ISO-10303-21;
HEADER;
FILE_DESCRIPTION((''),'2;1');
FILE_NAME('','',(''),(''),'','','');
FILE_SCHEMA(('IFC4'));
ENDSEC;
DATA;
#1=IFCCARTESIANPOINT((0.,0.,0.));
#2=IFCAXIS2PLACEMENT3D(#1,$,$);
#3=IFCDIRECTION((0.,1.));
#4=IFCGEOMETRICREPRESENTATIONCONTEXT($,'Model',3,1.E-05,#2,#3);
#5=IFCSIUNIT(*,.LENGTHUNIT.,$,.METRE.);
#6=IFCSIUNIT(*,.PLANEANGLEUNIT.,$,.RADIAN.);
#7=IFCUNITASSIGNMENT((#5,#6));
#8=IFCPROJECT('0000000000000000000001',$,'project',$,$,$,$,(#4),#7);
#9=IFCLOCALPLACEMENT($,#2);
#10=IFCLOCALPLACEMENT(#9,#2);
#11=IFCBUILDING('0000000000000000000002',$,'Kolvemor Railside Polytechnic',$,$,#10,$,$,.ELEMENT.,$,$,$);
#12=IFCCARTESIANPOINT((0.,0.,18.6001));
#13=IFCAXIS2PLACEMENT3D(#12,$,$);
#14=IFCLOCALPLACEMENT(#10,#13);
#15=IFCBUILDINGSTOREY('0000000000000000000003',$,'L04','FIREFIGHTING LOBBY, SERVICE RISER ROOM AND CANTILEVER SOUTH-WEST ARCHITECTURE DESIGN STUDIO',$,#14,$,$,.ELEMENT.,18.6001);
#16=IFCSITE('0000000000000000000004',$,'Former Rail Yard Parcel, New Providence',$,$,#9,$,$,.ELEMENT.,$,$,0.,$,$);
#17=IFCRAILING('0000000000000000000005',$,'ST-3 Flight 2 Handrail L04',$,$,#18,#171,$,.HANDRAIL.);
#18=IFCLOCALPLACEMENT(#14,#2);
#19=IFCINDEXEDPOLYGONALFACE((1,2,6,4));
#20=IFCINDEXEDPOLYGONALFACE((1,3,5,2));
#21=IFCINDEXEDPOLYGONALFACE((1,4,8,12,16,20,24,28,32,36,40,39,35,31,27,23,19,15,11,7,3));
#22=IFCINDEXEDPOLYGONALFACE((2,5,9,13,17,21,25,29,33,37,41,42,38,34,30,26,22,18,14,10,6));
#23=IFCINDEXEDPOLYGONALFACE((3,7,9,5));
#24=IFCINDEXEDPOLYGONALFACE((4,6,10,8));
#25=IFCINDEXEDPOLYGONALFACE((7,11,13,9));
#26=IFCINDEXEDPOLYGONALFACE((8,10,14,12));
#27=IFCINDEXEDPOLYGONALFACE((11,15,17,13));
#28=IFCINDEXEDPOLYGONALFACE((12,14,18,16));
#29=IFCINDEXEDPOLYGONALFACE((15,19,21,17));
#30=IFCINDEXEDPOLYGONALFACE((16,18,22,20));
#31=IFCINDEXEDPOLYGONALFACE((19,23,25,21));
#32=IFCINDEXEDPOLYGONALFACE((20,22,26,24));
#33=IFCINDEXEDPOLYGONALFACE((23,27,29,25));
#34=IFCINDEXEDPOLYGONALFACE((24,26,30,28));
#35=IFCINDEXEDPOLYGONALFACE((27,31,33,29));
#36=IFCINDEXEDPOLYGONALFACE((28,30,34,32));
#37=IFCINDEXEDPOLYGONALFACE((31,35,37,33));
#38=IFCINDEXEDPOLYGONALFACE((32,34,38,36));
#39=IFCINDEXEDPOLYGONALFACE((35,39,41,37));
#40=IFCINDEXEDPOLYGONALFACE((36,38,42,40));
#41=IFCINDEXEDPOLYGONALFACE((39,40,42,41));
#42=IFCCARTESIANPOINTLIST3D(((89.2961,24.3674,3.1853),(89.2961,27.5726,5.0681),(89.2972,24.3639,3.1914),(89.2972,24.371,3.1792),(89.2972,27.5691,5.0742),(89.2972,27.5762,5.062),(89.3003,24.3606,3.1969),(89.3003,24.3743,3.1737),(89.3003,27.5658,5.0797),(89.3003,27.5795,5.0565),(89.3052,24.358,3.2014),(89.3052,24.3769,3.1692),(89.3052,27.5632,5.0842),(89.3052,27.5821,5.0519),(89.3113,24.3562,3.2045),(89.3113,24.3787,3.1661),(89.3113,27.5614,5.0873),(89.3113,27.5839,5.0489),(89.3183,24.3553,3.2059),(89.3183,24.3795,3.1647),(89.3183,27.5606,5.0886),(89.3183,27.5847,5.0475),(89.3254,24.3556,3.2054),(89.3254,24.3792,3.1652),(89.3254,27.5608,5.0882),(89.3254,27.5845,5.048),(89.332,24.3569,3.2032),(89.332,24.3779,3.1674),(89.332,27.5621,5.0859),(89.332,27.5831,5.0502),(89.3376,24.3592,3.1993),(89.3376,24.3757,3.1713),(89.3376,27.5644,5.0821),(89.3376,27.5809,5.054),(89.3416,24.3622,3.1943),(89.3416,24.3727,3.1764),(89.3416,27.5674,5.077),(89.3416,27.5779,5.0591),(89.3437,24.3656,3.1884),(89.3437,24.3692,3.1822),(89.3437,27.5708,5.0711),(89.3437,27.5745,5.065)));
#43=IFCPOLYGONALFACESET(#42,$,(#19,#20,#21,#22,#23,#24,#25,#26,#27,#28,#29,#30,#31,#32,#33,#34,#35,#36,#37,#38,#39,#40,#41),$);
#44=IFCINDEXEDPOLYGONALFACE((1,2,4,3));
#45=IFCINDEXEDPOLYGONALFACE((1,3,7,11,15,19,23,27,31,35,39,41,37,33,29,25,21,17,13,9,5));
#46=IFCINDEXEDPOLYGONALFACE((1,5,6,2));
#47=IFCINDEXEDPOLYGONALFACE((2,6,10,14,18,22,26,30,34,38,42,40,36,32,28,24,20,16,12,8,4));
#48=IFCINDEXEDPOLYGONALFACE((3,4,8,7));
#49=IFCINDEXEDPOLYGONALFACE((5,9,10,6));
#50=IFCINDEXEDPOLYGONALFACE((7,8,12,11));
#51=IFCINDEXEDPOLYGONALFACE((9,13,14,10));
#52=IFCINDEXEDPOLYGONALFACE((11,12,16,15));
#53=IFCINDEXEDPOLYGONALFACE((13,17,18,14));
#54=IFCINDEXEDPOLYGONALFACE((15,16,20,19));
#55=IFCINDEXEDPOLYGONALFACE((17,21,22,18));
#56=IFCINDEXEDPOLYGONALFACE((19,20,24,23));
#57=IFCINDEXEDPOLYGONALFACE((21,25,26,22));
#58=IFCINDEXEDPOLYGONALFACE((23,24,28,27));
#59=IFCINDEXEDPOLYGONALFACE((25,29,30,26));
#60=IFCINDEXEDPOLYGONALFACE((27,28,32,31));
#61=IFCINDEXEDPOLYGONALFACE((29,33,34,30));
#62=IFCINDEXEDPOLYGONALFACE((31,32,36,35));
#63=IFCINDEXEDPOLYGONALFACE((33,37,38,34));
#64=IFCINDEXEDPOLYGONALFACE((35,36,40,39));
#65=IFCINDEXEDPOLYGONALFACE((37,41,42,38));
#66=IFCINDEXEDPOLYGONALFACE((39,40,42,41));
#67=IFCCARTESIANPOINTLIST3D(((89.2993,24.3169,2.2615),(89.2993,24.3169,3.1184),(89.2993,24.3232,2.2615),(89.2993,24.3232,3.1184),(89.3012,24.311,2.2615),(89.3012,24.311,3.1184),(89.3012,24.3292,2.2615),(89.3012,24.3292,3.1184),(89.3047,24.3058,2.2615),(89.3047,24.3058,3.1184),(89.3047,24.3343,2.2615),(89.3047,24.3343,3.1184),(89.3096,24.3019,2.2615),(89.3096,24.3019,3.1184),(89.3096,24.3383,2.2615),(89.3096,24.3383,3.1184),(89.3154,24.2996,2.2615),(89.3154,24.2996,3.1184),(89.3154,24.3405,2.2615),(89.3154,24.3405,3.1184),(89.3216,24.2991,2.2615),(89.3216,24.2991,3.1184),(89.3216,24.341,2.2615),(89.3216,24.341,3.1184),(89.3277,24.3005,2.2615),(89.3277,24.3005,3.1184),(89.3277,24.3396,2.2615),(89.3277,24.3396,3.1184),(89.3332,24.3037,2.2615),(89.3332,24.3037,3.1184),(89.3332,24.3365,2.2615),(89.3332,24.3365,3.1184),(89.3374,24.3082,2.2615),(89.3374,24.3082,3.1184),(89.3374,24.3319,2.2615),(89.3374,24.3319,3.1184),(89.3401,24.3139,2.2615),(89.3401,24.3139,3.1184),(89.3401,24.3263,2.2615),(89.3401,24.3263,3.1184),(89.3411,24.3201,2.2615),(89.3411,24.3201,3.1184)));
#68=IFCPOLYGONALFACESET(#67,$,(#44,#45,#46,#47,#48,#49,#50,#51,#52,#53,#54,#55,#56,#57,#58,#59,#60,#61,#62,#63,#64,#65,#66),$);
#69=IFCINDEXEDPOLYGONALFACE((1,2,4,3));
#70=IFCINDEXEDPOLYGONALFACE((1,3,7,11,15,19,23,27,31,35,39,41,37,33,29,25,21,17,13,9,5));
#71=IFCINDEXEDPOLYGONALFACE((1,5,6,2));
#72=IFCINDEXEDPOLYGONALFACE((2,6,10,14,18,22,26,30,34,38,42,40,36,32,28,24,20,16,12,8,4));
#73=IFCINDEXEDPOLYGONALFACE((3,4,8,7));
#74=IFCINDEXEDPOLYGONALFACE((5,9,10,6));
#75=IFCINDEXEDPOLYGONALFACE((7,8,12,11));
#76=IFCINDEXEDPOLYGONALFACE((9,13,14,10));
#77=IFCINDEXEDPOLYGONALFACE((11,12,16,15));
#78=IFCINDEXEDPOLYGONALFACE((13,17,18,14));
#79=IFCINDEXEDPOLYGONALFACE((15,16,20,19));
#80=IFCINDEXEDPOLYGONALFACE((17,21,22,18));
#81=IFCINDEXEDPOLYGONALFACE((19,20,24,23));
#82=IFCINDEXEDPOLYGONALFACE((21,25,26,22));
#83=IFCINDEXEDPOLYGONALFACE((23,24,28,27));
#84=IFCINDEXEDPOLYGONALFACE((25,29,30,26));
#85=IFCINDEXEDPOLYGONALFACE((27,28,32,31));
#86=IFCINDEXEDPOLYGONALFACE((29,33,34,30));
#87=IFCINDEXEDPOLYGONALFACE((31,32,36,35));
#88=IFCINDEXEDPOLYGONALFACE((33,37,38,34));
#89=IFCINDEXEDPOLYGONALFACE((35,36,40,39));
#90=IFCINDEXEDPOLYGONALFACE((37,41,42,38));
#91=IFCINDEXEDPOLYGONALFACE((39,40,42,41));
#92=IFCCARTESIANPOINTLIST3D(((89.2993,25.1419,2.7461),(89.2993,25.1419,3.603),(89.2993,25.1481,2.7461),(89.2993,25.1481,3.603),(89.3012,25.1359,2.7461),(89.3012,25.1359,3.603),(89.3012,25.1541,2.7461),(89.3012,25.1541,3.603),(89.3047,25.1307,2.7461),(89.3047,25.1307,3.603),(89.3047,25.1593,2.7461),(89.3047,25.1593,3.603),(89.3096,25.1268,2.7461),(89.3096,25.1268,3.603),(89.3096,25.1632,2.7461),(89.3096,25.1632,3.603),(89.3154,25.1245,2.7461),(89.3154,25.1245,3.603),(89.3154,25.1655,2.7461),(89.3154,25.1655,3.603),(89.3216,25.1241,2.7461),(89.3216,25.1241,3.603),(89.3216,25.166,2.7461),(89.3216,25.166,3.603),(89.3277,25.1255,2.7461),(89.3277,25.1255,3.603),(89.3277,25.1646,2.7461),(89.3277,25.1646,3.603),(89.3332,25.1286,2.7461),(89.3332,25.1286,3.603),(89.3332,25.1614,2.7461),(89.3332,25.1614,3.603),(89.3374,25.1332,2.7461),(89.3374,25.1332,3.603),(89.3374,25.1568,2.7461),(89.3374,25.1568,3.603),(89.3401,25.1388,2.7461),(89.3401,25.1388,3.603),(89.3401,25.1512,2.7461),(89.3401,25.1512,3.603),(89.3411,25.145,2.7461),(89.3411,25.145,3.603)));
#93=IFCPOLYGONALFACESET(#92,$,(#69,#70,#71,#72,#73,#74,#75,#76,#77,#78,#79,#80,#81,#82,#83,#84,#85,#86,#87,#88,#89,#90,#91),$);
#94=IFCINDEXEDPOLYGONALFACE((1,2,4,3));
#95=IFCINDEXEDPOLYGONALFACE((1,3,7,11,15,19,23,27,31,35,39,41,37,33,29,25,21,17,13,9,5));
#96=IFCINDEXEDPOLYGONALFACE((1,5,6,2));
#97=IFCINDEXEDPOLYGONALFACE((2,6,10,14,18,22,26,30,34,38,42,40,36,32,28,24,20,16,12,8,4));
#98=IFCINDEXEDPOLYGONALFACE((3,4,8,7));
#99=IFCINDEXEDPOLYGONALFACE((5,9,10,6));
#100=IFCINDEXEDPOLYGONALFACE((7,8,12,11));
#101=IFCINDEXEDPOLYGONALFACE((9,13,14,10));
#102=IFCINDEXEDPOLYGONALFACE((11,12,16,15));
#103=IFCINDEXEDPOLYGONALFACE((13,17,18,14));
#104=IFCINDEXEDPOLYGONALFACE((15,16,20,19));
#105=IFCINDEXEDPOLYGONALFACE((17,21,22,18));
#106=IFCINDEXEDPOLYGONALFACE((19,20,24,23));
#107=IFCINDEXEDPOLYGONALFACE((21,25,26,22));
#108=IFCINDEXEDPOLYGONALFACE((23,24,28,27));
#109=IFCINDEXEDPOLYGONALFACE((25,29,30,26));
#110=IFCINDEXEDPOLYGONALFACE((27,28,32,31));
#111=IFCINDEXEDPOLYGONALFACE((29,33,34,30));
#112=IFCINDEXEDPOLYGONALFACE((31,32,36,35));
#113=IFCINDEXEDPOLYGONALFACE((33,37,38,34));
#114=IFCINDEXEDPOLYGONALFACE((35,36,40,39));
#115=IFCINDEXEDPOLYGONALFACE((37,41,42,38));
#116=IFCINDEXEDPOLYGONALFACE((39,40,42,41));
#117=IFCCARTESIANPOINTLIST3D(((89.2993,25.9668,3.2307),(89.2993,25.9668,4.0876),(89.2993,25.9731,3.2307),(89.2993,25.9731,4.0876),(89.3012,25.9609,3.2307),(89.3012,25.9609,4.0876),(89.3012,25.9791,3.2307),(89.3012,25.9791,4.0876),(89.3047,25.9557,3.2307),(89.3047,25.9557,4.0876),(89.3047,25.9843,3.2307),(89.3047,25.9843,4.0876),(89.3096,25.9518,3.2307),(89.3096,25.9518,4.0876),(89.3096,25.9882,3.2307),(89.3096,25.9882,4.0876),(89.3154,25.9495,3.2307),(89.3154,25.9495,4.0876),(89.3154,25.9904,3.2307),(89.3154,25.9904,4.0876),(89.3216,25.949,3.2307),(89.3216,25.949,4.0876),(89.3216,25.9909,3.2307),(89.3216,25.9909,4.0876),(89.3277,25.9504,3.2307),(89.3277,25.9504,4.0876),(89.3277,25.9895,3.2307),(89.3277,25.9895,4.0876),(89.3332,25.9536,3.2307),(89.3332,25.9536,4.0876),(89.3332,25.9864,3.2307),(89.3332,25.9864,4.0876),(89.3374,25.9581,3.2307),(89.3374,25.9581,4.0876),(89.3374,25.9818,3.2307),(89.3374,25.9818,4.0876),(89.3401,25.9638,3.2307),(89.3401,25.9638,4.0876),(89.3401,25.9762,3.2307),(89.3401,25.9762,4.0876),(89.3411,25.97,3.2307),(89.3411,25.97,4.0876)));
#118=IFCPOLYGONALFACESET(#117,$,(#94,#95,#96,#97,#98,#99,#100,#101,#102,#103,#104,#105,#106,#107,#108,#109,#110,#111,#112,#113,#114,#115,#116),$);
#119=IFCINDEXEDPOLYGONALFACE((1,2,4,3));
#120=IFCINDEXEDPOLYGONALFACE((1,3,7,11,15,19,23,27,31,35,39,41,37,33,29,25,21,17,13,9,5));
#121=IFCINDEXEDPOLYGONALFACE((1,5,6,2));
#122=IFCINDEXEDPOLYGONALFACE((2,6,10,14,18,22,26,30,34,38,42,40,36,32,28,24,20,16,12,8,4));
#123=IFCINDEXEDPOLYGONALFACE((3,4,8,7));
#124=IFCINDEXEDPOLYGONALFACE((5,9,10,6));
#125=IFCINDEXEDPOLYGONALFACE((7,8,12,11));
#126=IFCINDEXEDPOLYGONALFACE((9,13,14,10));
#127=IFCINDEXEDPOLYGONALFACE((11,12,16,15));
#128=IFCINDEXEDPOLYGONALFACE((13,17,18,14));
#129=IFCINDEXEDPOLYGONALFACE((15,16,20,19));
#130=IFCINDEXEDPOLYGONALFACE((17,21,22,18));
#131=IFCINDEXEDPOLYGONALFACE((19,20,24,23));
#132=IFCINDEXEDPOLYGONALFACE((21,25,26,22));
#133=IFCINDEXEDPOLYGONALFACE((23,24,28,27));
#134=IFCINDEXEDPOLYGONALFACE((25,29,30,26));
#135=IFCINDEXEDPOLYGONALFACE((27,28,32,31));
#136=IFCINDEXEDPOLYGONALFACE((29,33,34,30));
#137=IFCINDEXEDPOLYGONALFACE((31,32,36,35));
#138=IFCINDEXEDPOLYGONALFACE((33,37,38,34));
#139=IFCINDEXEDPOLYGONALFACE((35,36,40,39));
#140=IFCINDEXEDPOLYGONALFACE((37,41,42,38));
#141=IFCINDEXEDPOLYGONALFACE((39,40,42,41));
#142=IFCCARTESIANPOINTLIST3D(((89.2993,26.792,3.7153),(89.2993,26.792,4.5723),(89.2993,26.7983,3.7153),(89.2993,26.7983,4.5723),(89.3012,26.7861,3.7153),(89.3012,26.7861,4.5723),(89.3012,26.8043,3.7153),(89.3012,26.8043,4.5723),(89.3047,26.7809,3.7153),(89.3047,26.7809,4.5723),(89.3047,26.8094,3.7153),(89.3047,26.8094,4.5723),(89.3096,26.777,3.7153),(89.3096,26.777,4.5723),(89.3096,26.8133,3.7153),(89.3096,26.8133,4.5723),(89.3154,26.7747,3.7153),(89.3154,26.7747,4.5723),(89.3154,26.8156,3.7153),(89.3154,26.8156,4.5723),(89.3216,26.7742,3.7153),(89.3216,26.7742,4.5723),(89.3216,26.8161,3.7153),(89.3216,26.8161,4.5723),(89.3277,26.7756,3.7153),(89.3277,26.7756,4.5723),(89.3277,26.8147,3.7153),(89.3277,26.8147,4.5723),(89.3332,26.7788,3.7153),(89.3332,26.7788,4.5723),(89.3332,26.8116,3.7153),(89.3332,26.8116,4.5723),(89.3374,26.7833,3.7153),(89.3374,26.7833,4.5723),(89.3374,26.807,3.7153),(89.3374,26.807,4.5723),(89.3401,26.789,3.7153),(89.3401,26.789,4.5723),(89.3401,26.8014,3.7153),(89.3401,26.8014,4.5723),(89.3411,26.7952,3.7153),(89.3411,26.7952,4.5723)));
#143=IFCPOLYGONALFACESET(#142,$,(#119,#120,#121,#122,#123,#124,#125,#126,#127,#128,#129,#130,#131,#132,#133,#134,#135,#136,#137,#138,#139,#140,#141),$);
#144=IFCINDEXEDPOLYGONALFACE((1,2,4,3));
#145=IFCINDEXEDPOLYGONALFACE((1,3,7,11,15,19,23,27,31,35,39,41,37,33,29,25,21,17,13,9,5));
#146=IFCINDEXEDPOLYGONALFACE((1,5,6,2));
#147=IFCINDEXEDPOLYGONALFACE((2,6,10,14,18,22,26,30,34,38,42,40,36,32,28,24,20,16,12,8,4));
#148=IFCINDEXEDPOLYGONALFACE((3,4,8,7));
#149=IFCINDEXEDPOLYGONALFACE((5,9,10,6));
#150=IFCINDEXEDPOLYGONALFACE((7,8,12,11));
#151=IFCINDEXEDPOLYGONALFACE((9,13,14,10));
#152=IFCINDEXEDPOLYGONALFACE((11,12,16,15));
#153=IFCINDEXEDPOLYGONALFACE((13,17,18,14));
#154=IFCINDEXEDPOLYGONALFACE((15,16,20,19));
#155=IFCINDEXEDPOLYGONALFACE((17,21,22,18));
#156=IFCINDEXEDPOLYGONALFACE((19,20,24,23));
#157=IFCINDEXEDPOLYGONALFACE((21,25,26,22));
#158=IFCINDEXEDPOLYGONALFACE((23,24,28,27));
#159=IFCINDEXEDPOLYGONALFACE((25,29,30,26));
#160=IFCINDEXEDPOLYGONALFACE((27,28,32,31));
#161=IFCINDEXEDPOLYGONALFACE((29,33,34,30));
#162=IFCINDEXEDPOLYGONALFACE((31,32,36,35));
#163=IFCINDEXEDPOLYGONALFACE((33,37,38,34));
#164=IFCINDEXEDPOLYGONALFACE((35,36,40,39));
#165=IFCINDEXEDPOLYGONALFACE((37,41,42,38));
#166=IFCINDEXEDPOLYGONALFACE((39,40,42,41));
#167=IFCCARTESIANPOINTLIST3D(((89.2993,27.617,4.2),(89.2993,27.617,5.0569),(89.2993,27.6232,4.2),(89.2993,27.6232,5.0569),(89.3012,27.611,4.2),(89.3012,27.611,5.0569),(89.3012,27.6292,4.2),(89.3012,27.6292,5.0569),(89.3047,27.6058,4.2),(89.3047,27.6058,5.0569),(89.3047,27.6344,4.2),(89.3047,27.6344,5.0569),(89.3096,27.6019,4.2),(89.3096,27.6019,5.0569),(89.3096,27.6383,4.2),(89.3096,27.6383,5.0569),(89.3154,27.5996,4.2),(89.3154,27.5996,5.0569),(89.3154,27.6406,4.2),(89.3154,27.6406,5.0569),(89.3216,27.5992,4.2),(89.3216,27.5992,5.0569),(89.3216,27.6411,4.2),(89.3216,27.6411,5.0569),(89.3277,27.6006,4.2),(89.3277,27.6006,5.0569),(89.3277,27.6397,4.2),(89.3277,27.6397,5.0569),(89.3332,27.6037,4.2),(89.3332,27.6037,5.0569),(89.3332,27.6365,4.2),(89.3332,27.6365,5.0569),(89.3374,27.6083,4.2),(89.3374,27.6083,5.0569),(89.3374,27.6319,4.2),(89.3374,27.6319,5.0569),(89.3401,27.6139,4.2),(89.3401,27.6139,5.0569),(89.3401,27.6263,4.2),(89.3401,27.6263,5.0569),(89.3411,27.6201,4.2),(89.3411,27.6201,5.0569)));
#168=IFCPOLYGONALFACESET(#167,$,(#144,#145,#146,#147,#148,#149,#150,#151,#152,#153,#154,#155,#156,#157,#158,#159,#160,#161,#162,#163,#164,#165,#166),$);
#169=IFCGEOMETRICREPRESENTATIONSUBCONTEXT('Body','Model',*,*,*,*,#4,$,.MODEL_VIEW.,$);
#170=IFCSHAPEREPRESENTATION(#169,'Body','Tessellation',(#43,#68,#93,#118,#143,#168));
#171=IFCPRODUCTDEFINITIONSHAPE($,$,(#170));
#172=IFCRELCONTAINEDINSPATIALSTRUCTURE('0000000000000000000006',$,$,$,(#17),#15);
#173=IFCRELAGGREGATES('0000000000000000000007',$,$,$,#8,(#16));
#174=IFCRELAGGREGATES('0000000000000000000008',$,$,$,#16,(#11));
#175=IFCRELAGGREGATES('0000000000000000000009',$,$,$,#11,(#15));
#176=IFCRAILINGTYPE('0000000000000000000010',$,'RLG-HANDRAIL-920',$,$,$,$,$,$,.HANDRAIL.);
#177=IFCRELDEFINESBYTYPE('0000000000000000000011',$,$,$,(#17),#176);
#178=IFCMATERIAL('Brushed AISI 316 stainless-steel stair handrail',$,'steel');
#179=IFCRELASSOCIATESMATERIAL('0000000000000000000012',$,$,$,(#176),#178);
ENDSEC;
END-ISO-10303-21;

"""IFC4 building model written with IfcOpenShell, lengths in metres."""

from ifc_helpers import new_model, si_unit, direction, frame, origin, origin_2d, place, context, subcontext, project, spatial, circle, extrude, material, type_object, element, save


model = new_model("IFC4")

# Units and contexts
model_context = context("Model", 3, precision=1e-05, world=origin(), true_north=direction((0.0, 1.0)))
body_context = subcontext(model_context, "Body", "Model", "MODEL_VIEW")
ifc_project = project(units=[si_unit("LENGTHUNIT", "METRE"), si_unit("PLANEANGLEUNIT", "RADIAN")], contexts=[model_context])

# Site, building, storey
site_placement = place(None, origin())
site = spatial("IfcSite", under=ifc_project, at=site_placement, Name="Former Rail Yard Parcel, New Providence", CompositionType="ELEMENT", RefElevation=0.0)
building_placement = place(site_placement, origin())
building = spatial("IfcBuilding", under=site, at=building_placement, Name="Kolvemor Railside Polytechnic", CompositionType="ELEMENT")
storey_placement = place(building_placement, frame((0.0, 0.0, 18.6001)))
storey = spatial("IfcBuildingStorey", under=building, at=storey_placement, Name="L04", Description="FIREFIGHTING LOBBY, SERVICE RISER ROOM AND CANTILEVER SOUTH-WEST ARCHITECTURE DESIGN STUDIO", CompositionType="ELEMENT", Elevation=18.6001)

# Railing
ifc_material_1 = material(Name="Brushed AISI 316 stainless-steel stair handrail", Category="steel")
railing_type_1 = type_object("IfcRailingType", Name="RLG-HANDRAIL-920", PredefinedType="HANDRAIL", material=ifc_material_1)
railing_1_placement = place(storey_placement, frame((89.3201, 24.3201, 2.2615)))
element("IfcRailing", 1, at=railing_1_placement, inside=storey, type_object=railing_type_1, Name="ST-3 Flight 2 Handrail L04", PredefinedType="HANDRAIL", context=body_context, shape_type="SweptSolid", body=[
    extrude(circle(Radius=0.0239, at=origin_2d()), frame((0.0, 0.0474, 0.9238), z_axis=(0.0, 0.862246, 0.50649), x_axis=(-1.0, 0.0, 0.0)), (0.0, 0.0, 1.0), 3.7173),
    extrude(circle(Radius=0.021, at=origin_2d()), origin(), (0.0, 0.0, 1.0), 0.8569),
    extrude(circle(Radius=0.021, at=origin_2d()), frame((0.0, 0.825, 0.4846)), (0.0, 0.0, 1.0), 0.8569),
    extrude(circle(Radius=0.021, at=origin_2d()), frame((0.0, 1.6499, 0.9692)), (0.0, 0.0, 1.0), 0.8569),
    extrude(circle(Radius=0.021, at=origin_2d()), frame((0.0, 2.4751, 1.4539)), (0.0, 0.0, 1.0), 0.8569),
    extrude(circle(Radius=0.021, at=origin_2d()), frame((0.0, 3.3, 1.9385)), (0.0, 0.0, 1.0), 0.8569),
])

save(model, "model.ifc")
